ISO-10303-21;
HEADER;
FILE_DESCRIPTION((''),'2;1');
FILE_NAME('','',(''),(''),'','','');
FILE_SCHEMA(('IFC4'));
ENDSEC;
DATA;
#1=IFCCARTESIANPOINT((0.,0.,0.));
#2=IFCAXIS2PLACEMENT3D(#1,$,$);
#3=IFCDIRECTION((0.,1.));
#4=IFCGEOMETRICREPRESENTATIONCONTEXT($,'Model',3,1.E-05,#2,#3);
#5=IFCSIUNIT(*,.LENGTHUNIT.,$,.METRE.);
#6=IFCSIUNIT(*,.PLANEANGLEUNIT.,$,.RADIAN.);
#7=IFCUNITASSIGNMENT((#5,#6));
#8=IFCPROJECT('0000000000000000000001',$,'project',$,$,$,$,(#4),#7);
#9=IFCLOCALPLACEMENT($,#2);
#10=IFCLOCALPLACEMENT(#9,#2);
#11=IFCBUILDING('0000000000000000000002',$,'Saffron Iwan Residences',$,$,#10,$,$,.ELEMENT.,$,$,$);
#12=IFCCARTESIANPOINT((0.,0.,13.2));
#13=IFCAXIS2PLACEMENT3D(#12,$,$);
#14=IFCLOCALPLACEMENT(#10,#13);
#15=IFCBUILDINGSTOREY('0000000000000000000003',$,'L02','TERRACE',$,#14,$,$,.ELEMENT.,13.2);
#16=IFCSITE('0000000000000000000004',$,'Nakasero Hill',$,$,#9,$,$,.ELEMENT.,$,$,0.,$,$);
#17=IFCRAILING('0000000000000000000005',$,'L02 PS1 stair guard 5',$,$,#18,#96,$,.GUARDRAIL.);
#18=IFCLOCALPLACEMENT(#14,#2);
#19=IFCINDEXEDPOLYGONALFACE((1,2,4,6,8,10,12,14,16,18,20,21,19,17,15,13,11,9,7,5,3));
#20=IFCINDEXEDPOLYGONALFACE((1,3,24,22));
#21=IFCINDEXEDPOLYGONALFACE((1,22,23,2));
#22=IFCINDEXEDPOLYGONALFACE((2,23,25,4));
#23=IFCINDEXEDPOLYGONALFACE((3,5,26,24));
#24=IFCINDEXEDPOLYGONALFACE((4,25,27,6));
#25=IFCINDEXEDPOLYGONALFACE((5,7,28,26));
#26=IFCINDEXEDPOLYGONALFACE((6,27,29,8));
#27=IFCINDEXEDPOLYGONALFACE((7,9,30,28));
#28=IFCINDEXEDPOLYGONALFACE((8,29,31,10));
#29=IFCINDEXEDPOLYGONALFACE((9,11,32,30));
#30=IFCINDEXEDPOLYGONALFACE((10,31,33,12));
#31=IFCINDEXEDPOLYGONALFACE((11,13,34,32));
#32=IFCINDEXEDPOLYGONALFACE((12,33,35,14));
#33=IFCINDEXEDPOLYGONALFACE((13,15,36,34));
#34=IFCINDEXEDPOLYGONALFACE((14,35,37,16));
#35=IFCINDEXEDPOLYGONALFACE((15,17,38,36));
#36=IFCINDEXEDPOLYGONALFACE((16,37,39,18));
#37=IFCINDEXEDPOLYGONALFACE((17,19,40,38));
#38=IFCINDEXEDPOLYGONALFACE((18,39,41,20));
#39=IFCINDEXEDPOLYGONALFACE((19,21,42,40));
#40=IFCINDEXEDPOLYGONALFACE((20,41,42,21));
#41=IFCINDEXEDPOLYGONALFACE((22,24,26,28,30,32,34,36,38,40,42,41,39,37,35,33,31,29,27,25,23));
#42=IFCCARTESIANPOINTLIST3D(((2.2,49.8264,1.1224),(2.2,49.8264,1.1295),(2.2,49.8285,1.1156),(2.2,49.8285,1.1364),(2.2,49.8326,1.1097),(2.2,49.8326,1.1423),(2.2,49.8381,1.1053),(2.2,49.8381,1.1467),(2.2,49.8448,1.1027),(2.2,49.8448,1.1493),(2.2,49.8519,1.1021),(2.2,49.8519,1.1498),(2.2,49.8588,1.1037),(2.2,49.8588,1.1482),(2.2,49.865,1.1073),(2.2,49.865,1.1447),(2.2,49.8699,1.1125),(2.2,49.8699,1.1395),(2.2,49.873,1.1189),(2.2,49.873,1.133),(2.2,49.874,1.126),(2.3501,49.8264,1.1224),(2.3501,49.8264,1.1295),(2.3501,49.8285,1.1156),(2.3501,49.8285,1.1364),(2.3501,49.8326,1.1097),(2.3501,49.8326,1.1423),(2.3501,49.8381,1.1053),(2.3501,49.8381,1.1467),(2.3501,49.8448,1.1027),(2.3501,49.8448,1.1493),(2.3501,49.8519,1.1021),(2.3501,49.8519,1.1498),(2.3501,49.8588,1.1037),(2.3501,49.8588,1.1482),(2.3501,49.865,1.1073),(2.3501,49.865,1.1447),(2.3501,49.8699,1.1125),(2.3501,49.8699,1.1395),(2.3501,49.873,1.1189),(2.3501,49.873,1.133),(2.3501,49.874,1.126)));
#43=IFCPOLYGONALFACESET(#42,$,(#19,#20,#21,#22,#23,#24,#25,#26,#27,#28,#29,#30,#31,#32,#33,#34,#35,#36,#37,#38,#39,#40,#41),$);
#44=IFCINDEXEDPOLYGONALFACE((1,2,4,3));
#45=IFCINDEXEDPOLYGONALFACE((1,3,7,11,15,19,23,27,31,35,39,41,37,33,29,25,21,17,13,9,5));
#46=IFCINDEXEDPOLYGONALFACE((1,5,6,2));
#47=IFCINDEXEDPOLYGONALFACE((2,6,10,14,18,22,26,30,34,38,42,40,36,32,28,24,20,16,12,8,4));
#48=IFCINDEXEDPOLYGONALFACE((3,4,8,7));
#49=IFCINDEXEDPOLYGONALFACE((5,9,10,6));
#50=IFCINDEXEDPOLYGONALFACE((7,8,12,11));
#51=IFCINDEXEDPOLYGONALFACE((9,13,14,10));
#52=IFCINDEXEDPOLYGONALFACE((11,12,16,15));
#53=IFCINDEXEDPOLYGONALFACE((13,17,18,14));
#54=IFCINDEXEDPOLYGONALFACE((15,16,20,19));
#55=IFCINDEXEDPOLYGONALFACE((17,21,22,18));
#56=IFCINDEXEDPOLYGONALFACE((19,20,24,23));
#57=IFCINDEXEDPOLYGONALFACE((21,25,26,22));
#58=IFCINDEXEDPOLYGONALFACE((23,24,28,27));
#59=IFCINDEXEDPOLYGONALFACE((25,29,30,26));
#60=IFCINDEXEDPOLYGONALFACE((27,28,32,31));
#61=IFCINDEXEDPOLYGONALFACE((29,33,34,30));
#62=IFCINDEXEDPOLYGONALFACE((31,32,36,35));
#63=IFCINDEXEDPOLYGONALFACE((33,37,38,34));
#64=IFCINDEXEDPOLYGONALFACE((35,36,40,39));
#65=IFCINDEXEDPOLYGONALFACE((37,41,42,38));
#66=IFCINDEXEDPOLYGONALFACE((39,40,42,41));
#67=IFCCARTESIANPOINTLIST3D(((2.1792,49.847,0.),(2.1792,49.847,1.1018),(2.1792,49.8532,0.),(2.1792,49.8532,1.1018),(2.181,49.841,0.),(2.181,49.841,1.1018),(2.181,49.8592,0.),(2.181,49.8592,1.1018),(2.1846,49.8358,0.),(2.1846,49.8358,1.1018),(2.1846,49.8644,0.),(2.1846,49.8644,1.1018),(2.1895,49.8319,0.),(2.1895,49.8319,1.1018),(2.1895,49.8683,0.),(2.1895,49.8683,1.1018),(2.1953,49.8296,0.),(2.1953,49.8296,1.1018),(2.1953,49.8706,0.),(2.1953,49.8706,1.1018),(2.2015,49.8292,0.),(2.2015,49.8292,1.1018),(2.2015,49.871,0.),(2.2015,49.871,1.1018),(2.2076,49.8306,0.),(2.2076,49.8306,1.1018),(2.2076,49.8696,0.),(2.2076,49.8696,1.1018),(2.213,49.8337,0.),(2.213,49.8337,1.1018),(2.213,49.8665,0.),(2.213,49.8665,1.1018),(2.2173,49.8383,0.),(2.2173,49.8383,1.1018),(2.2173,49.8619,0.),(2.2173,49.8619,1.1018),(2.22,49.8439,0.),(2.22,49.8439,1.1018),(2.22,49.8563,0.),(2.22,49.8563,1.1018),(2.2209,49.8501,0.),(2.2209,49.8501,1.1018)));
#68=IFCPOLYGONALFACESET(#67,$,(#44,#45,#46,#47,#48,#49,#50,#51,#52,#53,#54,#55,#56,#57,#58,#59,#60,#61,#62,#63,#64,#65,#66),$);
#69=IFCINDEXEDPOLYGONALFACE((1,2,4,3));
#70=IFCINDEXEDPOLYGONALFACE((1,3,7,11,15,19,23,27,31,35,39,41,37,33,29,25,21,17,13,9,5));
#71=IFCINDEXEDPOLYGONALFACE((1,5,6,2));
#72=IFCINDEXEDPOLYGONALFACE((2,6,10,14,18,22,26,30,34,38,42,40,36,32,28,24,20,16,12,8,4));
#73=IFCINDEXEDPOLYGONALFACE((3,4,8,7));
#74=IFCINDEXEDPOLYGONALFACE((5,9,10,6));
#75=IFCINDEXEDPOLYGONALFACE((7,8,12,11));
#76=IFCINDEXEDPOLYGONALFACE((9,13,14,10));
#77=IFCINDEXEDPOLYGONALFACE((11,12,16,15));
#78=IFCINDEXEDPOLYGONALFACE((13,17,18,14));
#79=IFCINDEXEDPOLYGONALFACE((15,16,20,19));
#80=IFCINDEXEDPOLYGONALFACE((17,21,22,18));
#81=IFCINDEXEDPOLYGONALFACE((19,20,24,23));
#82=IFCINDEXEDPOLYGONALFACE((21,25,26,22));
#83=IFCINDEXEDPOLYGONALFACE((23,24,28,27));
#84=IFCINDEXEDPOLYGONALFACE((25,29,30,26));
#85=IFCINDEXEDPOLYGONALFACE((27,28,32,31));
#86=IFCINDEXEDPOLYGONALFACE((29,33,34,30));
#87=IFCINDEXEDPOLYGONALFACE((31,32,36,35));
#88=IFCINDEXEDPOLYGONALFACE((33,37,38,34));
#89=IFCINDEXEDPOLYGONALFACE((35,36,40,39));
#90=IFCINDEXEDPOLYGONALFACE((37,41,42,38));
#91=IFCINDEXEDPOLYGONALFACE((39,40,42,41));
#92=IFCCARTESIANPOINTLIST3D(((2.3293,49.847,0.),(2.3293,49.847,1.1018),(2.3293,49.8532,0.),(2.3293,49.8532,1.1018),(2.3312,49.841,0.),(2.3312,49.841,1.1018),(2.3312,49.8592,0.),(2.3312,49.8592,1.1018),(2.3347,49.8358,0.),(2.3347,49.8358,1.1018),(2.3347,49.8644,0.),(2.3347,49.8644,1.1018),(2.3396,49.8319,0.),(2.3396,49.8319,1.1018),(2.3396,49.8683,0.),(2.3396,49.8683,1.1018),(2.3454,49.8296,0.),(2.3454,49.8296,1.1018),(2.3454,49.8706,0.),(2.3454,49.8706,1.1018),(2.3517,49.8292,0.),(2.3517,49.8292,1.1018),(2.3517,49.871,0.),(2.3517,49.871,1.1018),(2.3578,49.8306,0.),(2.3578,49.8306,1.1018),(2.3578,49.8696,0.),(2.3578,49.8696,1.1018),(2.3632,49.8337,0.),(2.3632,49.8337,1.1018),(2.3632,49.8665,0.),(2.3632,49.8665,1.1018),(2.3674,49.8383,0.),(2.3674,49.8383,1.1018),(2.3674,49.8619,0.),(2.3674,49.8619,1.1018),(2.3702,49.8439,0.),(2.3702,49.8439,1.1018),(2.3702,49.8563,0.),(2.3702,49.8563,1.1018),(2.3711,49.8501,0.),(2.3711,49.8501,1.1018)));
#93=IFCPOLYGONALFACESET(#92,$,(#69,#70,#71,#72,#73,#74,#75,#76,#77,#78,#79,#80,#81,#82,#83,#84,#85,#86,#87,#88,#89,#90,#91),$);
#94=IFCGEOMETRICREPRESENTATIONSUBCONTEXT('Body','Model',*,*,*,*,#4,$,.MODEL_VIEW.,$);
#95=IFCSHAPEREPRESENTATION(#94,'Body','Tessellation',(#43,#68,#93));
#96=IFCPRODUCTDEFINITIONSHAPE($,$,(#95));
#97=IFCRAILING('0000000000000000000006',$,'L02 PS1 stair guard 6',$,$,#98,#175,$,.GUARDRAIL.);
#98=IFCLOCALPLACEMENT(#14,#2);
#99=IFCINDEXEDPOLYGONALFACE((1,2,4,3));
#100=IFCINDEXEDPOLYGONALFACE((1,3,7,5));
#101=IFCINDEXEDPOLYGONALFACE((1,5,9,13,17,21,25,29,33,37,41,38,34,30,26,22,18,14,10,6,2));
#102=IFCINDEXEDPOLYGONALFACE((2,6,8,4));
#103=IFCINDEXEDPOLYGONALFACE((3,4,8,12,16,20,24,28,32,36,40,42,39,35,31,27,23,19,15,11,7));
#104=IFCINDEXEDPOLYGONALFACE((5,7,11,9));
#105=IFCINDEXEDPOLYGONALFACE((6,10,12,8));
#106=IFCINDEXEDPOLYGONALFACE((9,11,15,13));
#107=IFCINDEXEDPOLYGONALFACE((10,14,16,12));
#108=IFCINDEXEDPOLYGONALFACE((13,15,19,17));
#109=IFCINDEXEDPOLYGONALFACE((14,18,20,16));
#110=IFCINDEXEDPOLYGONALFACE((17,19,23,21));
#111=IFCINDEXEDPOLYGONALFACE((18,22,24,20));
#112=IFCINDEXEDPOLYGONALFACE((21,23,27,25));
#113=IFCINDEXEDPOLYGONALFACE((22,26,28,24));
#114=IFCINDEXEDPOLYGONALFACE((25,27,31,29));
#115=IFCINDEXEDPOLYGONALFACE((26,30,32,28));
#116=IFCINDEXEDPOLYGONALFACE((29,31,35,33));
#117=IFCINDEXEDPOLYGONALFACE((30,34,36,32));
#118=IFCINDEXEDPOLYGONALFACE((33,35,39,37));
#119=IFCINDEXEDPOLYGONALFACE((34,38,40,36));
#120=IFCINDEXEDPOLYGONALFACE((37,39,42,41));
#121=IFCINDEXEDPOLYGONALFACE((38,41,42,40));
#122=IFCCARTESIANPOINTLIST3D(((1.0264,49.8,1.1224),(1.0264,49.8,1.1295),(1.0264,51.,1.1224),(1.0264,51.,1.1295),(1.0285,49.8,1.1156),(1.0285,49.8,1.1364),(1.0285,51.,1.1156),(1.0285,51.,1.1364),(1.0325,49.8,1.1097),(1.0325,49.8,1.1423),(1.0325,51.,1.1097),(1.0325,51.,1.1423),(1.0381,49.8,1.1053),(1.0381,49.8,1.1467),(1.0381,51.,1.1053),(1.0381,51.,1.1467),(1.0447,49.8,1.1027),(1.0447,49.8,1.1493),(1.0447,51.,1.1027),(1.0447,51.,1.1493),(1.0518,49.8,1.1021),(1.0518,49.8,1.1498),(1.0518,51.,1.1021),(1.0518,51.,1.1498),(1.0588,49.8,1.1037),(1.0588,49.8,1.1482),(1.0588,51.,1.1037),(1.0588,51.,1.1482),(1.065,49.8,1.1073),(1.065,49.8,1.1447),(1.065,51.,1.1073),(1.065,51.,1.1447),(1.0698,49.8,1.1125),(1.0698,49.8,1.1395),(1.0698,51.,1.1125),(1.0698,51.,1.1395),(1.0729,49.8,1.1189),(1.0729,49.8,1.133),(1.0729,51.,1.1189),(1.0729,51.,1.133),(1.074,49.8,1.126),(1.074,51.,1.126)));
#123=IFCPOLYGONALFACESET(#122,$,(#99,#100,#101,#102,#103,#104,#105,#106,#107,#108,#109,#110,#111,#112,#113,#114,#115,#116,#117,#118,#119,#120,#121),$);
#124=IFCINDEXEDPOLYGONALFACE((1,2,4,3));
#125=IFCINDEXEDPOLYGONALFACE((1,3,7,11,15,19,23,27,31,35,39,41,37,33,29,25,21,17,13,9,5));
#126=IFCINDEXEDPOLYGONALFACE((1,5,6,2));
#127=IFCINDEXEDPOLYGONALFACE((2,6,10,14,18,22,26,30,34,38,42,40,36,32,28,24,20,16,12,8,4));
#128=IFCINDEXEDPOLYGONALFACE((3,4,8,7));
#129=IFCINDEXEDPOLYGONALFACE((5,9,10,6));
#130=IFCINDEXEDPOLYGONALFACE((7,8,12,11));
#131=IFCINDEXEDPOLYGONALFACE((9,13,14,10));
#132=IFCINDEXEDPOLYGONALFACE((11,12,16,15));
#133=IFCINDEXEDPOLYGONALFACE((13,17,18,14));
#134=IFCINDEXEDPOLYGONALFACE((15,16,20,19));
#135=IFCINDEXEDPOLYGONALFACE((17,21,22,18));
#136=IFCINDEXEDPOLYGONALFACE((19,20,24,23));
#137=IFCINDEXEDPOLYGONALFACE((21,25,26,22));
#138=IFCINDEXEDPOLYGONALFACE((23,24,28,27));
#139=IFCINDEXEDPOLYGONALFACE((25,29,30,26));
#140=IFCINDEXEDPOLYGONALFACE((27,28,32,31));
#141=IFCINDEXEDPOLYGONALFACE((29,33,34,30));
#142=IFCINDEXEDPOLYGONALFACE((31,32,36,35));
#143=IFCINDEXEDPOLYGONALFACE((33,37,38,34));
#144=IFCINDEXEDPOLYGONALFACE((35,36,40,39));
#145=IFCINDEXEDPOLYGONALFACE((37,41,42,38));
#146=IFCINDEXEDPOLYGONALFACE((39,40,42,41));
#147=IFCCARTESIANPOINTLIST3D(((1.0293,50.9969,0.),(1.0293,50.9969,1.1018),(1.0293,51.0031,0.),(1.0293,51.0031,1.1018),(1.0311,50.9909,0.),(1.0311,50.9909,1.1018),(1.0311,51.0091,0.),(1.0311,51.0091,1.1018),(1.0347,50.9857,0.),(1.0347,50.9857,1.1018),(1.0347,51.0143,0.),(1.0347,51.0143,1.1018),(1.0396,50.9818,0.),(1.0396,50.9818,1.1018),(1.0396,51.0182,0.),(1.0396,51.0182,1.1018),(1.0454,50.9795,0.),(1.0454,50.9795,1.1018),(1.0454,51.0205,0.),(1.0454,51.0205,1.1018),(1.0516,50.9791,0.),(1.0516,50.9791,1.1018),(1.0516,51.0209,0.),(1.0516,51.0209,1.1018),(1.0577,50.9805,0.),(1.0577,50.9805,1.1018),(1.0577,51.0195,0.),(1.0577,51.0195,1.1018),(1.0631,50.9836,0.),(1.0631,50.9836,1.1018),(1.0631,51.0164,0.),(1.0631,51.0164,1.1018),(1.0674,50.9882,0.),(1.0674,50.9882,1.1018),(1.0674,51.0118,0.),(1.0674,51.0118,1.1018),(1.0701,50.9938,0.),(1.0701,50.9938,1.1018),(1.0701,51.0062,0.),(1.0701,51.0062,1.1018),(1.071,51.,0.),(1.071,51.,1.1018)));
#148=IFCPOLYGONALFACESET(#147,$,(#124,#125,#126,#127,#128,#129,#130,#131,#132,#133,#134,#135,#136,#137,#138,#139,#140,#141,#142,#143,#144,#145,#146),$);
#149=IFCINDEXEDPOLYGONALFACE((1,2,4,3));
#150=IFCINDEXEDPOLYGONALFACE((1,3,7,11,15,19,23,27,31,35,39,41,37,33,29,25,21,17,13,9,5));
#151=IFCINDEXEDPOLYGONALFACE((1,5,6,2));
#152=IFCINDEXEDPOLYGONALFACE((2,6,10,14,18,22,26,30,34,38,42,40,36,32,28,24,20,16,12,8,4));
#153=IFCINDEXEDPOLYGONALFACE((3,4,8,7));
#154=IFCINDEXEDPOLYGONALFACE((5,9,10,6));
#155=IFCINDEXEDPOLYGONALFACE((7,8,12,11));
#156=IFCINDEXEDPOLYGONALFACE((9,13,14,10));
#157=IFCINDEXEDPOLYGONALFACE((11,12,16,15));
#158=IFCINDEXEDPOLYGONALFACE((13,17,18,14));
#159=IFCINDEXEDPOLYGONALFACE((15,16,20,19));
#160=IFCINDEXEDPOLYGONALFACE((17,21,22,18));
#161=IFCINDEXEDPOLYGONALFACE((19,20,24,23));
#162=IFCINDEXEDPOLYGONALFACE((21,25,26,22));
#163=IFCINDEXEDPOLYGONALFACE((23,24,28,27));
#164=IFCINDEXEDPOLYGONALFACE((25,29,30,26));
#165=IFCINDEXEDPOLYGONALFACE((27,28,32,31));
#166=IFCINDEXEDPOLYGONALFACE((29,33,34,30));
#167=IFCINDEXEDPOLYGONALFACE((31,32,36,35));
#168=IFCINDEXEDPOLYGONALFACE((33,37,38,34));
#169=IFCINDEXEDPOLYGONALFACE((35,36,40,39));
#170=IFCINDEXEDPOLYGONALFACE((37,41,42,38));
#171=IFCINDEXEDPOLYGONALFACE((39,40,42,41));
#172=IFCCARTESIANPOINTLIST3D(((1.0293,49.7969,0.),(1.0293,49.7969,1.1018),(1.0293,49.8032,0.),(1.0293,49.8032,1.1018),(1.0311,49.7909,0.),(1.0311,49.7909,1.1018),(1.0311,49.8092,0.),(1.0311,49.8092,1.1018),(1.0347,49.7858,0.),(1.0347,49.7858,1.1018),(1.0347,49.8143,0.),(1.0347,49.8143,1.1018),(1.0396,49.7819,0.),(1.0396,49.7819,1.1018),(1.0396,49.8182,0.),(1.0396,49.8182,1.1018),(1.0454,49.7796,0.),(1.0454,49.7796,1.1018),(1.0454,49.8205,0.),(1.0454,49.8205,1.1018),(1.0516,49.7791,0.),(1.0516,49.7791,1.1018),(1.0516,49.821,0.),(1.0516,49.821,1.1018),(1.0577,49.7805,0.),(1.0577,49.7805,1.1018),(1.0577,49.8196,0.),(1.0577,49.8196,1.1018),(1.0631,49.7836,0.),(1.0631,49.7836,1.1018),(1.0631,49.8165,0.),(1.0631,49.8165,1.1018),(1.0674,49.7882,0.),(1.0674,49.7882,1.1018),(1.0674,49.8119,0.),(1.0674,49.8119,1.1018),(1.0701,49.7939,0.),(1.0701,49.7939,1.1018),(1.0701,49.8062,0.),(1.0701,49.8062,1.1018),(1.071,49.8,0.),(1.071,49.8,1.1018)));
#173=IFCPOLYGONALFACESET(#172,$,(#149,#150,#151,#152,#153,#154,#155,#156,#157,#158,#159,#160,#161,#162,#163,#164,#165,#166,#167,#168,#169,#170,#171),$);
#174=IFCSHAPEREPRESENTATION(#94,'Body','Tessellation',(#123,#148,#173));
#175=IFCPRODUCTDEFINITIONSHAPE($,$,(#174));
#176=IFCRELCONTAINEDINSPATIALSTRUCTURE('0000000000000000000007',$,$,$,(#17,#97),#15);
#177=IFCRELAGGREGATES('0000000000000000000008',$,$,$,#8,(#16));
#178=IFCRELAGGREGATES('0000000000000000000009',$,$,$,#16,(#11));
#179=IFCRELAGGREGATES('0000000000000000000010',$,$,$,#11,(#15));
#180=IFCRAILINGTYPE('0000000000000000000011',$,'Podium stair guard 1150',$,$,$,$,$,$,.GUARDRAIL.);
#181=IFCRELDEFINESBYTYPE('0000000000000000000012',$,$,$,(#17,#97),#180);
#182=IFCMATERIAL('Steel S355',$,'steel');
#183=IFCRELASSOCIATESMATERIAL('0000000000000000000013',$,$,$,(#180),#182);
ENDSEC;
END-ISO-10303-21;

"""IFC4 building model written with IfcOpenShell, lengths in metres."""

from ifc_helpers import new_model, si_unit, direction, frame, origin, origin_2d, place, context, subcontext, project, spatial, circle, extrude, material, type_object, element, save


model = new_model("IFC4")

# Units and contexts
model_context = context("Model", 3, precision=1e-05, world=origin(), true_north=direction((0.0, 1.0)))
body_context = subcontext(model_context, "Body", "Model", "MODEL_VIEW")
ifc_project = project(units=[si_unit("LENGTHUNIT", "METRE"), si_unit("PLANEANGLEUNIT", "RADIAN")], contexts=[model_context])

# Site, building, storey
site_placement = place(None, origin())
site = spatial("IfcSite", under=ifc_project, at=site_placement, Name="Nakasero Hill", CompositionType="ELEMENT", RefElevation=0.0)
building_placement = place(site_placement, origin())
building = spatial("IfcBuilding", under=site, at=building_placement, Name="Saffron Iwan Residences", CompositionType="ELEMENT")
storey_placement = place(building_placement, frame((0.0, 0.0, 13.2)))
storey = spatial("IfcBuildingStorey", under=building, at=storey_placement, Name="L02", Description="TERRACE", CompositionType="ELEMENT", Elevation=13.2)

# Railings
ifc_material_1 = material(Name="Steel S355", Category="steel")
railing_type_1 = type_object("IfcRailingType", Name="Podium stair guard 1150", PredefinedType="GUARDRAIL", material=ifc_material_1)
railing_1_placement = place(storey_placement, frame((2.2, 49.8501, 0.0)))
element("IfcRailing", 1, at=railing_1_placement, inside=storey, type_object=railing_type_1, Name="L02 PS1 stair guard 5", PredefinedType="GUARDRAIL", context=body_context, shape_type="SweptSolid", body=[
    extrude(circle(Radius=0.0239, at=origin_2d()), frame((0.0, 0.0, 1.126), z_axis=(1.0, 0.0, 0.0), x_axis=(0.0, 1.0, 0.0)), (0.0, 0.0, 1.0), 0.1501),
    extrude(circle(Radius=0.021, at=origin_2d()), origin(), (0.0, 0.0, 1.0), 1.1018),
    extrude(circle(Radius=0.021, at=origin_2d()), frame((0.1501, 0.0, 0.0)), (0.0, 0.0, 1.0), 1.1018),
])
railing_2_placement = place(storey_placement, frame((1.05, 51.0, 0.0)))
element("IfcRailing", 2, at=railing_2_placement, inside=storey, type_object=railing_type_1, Name="L02 PS1 stair guard 6", PredefinedType="GUARDRAIL", context=body_context, shape_type="SweptSolid", body=[
    extrude(circle(Radius=0.0239, at=origin_2d()), frame((0.0, 0.0, 1.126), z_axis=(0.0, -1.0, 0.0), x_axis=(1.0, 0.0, 0.0)), (0.0, 0.0, 1.0), 1.2),
    extrude(circle(Radius=0.021, at=origin_2d()), origin(), (0.0, 0.0, 1.0), 1.1018),
    extrude(circle(Radius=0.021, at=origin_2d()), frame((0.0, -1.2, 0.0)), (0.0, 0.0, 1.0), 1.1018),
])

save(model, "model.ifc")
